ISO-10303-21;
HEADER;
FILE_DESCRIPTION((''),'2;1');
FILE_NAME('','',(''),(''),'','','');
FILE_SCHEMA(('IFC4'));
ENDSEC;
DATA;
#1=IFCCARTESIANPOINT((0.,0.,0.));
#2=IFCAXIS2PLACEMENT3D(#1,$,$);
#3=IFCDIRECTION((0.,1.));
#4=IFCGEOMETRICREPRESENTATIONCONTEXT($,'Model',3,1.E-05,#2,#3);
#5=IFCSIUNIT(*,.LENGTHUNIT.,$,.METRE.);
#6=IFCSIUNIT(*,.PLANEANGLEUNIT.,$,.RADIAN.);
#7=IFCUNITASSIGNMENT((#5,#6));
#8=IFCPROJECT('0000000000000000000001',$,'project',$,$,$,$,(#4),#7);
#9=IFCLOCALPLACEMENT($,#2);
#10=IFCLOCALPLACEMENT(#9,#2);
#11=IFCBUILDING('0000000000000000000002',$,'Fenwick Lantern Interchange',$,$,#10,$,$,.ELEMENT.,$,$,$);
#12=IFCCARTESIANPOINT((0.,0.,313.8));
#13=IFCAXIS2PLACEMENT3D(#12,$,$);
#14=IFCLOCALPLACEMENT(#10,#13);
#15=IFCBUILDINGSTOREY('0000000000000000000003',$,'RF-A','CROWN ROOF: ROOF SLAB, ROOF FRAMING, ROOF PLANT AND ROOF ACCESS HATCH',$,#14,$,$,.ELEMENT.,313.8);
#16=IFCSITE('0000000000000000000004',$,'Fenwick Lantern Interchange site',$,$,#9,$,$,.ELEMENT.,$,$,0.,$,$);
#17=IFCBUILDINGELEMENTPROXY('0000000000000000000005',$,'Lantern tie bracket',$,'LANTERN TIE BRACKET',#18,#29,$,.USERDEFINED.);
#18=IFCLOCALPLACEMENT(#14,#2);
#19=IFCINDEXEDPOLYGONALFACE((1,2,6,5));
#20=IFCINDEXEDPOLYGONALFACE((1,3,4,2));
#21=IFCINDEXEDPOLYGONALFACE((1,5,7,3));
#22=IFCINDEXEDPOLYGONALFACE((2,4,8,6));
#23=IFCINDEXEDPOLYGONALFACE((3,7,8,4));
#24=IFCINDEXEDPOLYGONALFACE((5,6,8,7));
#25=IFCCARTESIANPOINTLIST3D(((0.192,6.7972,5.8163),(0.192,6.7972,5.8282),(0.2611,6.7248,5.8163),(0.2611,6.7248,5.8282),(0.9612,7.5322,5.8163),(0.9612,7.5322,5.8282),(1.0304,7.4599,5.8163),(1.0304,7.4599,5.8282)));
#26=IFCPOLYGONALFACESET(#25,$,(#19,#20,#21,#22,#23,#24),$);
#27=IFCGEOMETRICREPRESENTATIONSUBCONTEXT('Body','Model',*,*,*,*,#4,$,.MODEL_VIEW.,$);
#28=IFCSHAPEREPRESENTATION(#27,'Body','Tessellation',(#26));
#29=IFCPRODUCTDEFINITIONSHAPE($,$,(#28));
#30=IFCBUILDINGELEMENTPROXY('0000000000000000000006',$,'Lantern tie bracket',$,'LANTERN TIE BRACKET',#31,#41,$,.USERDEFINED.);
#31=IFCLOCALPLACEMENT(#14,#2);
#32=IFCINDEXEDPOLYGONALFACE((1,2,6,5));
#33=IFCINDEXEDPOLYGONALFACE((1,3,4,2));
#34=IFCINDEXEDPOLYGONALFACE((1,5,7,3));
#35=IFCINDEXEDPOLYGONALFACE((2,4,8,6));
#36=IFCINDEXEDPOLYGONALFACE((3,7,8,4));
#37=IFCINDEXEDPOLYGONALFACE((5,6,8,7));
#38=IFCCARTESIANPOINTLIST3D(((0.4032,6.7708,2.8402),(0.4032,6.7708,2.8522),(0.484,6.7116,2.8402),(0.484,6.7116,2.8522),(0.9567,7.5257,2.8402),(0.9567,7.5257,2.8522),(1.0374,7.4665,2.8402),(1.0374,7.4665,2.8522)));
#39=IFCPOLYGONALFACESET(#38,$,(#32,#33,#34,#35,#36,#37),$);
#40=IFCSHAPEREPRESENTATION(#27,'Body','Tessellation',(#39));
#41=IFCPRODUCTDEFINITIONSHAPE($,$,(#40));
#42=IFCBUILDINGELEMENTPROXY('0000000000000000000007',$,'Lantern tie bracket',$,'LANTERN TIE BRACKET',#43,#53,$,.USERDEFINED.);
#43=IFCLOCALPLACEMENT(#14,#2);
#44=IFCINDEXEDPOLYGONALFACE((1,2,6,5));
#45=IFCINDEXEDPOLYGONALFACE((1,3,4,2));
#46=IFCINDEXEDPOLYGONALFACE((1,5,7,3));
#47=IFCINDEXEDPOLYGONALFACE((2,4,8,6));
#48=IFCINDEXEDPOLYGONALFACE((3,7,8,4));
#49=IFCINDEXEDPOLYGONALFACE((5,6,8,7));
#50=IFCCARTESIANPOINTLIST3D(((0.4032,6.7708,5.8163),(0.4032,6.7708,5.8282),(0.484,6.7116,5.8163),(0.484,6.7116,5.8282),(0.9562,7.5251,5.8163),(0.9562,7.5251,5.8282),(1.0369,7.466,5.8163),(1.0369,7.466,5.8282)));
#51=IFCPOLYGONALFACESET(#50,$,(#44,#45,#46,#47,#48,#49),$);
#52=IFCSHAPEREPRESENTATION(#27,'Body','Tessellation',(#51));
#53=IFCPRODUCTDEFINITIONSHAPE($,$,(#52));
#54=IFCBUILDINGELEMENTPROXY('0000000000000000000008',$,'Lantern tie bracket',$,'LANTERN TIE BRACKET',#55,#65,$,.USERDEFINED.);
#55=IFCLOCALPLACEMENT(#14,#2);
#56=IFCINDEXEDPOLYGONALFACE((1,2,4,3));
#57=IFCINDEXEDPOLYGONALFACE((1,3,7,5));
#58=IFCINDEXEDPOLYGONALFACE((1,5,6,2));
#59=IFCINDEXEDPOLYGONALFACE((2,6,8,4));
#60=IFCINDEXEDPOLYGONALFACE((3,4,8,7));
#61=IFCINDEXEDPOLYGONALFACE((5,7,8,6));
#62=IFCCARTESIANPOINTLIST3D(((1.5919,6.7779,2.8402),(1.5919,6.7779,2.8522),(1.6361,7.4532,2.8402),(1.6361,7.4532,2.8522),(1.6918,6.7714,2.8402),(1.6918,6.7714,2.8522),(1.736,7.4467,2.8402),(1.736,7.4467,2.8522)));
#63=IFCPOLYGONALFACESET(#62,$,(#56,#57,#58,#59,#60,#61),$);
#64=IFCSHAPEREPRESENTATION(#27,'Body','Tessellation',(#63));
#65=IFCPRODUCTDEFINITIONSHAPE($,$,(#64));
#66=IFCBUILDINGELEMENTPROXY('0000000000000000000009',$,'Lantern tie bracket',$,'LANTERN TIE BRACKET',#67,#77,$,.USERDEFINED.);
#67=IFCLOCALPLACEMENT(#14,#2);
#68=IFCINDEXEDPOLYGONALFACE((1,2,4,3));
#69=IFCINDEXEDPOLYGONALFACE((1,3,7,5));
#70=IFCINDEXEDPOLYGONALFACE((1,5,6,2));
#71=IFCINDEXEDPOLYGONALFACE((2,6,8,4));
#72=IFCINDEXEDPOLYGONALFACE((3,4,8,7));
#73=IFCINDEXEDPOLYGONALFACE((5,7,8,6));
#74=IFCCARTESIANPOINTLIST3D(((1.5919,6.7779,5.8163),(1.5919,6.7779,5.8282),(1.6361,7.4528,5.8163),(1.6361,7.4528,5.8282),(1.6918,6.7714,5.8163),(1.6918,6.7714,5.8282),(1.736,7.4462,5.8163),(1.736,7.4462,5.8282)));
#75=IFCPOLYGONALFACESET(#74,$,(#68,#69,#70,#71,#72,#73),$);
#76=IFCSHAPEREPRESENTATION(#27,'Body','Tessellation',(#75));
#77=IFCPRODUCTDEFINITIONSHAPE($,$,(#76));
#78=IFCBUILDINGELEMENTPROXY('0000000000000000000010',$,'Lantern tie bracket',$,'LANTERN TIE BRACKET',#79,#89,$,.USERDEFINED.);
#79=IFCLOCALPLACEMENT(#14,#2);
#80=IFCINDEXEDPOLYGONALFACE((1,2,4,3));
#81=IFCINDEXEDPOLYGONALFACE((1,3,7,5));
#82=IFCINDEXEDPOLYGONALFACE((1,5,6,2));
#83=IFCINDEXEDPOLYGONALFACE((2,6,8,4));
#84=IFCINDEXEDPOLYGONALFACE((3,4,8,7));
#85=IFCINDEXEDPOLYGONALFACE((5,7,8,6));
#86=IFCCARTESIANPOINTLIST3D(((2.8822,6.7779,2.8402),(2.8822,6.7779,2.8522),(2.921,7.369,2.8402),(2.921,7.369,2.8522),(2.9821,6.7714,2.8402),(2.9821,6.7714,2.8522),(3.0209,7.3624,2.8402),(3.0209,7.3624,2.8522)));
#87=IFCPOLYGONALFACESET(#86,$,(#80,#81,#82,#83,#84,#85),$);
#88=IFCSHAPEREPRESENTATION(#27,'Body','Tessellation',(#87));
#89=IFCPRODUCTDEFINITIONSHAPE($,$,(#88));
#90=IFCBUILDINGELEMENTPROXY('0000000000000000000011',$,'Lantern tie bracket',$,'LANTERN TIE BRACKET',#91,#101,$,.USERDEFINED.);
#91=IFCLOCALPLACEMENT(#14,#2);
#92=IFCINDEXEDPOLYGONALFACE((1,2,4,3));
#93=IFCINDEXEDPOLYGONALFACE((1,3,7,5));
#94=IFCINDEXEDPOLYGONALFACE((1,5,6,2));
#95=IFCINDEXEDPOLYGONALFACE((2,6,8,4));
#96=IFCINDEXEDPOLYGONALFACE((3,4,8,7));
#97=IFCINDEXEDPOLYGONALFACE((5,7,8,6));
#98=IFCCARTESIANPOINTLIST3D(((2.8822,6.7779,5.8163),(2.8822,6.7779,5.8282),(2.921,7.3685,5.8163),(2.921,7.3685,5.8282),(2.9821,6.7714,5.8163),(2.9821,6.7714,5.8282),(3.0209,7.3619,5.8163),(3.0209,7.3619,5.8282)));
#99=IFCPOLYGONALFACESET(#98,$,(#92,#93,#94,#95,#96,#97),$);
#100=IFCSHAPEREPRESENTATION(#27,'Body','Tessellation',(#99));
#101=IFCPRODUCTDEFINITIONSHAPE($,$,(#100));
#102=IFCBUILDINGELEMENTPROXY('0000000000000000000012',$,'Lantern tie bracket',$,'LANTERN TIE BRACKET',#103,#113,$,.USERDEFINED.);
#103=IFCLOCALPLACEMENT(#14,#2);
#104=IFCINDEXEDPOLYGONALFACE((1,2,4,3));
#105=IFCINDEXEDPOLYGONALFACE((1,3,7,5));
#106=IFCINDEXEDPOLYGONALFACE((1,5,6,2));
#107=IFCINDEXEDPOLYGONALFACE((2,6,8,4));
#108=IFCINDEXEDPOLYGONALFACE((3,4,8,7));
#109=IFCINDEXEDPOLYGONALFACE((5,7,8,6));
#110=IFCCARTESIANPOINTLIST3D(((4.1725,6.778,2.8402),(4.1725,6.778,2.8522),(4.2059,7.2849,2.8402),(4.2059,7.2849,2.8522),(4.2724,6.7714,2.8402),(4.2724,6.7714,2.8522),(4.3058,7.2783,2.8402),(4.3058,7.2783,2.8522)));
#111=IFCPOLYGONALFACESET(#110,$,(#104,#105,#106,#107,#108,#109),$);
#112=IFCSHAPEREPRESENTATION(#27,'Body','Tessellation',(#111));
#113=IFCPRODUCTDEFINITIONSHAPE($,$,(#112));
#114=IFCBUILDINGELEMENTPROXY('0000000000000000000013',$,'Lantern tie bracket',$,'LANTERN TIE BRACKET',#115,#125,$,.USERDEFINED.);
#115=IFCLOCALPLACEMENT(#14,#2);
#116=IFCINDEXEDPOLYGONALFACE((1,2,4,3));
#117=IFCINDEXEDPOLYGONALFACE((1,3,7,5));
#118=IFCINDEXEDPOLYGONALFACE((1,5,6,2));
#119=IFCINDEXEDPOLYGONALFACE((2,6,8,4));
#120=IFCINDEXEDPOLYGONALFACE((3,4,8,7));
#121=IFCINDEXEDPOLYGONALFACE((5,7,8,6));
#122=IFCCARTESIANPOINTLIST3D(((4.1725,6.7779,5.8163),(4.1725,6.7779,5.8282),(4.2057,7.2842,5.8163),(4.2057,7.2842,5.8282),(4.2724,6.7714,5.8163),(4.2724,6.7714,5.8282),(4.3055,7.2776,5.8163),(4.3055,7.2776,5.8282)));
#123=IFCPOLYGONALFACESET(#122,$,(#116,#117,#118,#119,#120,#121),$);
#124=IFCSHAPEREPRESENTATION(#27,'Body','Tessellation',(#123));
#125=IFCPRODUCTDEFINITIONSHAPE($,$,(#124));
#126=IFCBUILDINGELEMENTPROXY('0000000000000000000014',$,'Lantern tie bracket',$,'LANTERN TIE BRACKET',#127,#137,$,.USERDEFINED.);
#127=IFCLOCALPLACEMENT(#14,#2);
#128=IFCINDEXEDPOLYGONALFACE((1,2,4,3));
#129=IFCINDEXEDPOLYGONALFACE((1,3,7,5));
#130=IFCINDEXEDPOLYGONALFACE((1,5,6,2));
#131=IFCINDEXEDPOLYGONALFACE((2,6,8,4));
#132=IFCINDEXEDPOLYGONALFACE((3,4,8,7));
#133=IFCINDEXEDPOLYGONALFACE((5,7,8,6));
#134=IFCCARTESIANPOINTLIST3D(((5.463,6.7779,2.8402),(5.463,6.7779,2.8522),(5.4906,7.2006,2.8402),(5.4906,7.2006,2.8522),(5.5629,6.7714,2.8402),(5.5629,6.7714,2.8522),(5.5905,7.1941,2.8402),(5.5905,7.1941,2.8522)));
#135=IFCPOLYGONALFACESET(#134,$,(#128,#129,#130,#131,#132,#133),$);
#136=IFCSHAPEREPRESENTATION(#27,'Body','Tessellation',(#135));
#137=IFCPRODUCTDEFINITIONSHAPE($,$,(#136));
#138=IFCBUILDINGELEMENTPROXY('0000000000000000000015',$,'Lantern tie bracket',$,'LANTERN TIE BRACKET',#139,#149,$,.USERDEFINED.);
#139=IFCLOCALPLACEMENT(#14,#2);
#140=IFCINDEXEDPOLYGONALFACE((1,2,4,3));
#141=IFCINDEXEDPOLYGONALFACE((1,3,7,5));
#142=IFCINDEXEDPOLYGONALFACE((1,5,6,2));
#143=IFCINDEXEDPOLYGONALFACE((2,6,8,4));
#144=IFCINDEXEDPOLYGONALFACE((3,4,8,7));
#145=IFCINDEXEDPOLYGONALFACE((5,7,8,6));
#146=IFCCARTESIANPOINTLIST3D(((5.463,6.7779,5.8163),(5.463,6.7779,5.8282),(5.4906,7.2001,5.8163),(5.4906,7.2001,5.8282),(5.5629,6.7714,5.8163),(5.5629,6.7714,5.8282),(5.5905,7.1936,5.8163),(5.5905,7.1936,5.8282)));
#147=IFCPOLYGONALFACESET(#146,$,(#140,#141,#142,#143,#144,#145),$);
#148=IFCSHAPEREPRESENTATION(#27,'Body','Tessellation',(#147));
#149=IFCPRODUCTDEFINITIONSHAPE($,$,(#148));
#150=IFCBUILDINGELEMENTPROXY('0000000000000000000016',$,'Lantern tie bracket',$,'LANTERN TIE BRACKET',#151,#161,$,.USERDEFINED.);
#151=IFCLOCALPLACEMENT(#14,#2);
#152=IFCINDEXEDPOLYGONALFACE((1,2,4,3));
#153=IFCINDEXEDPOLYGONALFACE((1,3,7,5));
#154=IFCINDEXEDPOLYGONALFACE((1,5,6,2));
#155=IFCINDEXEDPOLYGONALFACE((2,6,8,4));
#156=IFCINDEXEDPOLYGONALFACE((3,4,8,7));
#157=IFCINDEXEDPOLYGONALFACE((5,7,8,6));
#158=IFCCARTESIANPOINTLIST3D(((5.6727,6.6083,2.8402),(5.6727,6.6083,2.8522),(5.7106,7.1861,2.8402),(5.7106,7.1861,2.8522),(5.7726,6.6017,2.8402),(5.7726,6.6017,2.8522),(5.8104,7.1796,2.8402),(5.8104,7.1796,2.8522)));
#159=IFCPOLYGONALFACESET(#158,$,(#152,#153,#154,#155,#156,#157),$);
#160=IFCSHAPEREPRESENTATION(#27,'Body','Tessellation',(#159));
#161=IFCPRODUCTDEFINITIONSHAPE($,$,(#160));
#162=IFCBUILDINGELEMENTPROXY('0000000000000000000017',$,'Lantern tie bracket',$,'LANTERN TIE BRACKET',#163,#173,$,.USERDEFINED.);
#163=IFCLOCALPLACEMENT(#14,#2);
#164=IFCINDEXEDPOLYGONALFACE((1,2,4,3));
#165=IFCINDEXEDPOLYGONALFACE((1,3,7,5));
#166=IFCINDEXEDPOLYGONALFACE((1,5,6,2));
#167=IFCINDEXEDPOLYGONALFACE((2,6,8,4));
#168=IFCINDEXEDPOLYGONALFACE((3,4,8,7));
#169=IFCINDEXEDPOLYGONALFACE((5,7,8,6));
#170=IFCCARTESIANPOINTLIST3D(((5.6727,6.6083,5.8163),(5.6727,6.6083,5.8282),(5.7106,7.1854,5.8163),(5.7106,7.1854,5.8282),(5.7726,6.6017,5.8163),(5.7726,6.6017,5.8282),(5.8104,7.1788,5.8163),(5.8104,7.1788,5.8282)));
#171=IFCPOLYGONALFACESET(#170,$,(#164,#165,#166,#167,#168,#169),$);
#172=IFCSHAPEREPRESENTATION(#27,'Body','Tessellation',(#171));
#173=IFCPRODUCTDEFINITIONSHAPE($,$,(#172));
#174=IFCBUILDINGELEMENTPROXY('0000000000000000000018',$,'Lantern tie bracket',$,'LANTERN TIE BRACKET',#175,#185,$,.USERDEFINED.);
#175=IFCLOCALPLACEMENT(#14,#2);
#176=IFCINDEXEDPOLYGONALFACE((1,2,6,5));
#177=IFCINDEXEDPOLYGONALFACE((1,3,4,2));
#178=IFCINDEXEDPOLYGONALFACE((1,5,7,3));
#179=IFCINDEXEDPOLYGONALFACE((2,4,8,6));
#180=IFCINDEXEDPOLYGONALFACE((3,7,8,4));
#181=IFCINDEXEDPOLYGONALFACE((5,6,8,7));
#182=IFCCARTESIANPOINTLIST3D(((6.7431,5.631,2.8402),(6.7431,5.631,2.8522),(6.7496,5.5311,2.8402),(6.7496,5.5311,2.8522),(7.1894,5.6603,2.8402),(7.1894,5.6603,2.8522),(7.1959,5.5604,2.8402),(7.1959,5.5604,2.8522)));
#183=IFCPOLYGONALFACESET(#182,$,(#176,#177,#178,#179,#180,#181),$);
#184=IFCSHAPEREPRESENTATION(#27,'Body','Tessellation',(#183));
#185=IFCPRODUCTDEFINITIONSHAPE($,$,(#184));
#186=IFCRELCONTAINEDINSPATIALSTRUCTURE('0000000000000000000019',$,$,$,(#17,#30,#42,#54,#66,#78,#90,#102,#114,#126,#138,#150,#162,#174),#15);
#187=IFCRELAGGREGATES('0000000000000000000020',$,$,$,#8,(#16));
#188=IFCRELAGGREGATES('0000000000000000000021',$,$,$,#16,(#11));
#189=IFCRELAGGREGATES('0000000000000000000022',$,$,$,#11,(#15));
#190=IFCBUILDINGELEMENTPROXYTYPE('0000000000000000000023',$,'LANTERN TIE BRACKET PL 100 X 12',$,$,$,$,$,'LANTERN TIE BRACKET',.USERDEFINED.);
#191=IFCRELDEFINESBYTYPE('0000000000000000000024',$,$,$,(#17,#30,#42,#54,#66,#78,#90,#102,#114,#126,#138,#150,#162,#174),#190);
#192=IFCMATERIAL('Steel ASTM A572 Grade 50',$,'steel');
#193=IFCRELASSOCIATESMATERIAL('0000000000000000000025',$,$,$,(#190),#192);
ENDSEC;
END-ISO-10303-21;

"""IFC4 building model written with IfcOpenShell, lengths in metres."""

from ifc_helpers import new_model, si_unit, direction, frame, origin, origin_2d, place, context, subcontext, project, spatial, rectangle, extrude, material, material_profile, profile_set, type_object, element, save


model = new_model("IFC4")

# Units and contexts
model_context = context("Model", 3, precision=1e-05, world=origin(), true_north=direction((0.0, 1.0)))
body_context = subcontext(model_context, "Body", "Model", "MODEL_VIEW")
ifc_project = project(units=[si_unit("LENGTHUNIT", "METRE"), si_unit("PLANEANGLEUNIT", "RADIAN")], contexts=[model_context])

# Site, building, storey
site_placement = place(None, origin())
site = spatial("IfcSite", under=ifc_project, at=site_placement, Name="Fenwick Lantern Interchange site", CompositionType="ELEMENT", RefElevation=0.0)
building_placement = place(site_placement, origin())
building = spatial("IfcBuilding", under=site, at=building_placement, Name="Fenwick Lantern Interchange", CompositionType="ELEMENT")
storey_placement = place(building_placement, frame((0.0, 0.0, 313.8)))
storey = spatial("IfcBuildingStorey", under=building, at=storey_placement, Name="RF-A", Description="CROWN ROOF: ROOF SLAB, ROOF FRAMING, ROOF PLANT AND ROOF ACCESS HATCH", CompositionType="ELEMENT", Elevation=313.8)

# Building element proxies
ifc_material_1 = material(Name="Steel ASTM A572 Grade 50", Category="steel")
ifc_material_profile_1 = material_profile(ifc_material_1, rectangle(XDim=0.1001, YDim=0.012, at=origin_2d()), Name="PL100X12")
ifc_profile_set_1 = profile_set([ifc_material_profile_1], Name="Steel ASTM A572 Grade 50")
building_element_proxy_type = type_object("IfcBuildingElementProxyType", Name="LANTERN TIE BRACKET PL 100 X 12", ElementType="LANTERN TIE BRACKET", PredefinedType="USERDEFINED", material=ifc_profile_set_1)
proxy_1_placement = place(storey_placement, frame((0.2266, 6.761, 5.8223), z_axis=(0.722986, 0.690863, 0.0), x_axis=(-0.690863, 0.722986, 0.0)))
element("IfcBuildingElementProxy", 1, at=proxy_1_placement, inside=storey, type_object=building_element_proxy_type, Name="Lantern tie bracket", ObjectType="LANTERN TIE BRACKET", PredefinedType="USERDEFINED", context=body_context, shape_type="SweptSolid", body=[
    extrude(rectangle(XDim=0.1001, YDim=0.012, at=origin_2d()), origin(), (0.0, 0.0, 1.0), 1.064),
])
proxy_2_placement = place(storey_placement, frame((0.4436, 6.7412, 2.8462), z_axis=(0.591285, 0.806463, 0.0), x_axis=(-0.806463, 0.591285, 0.0)))
element("IfcBuildingElementProxy", 2, at=proxy_2_placement, inside=storey, type_object=building_element_proxy_type, Name="Lantern tie bracket", ObjectType="LANTERN TIE BRACKET", PredefinedType="USERDEFINED", context=body_context, shape_type="SweptSolid", body=[
    extrude(rectangle(XDim=0.1001, YDim=0.012, at=origin_2d()), origin(), (0.0, 0.0, 1.0), 0.936),
])
proxy_3_placement = place(storey_placement, frame((0.4436, 6.7412, 5.8223), z_axis=(0.591194, 0.806529, 0.0), x_axis=(-0.806529, 0.591194, 0.0)))
element("IfcBuildingElementProxy", 3, at=proxy_3_placement, inside=storey, type_object=building_element_proxy_type, Name="Lantern tie bracket", ObjectType="LANTERN TIE BRACKET", PredefinedType="USERDEFINED", context=body_context, shape_type="SweptSolid", body=[
    extrude(rectangle(XDim=0.1001, YDim=0.012, at=origin_2d()), origin(), (0.0, 0.0, 1.0), 0.9353),
])
proxy_4_placement = place(storey_placement, frame((1.6418, 6.7747, 2.8462), z_axis=(0.065298, 0.997866, 0.0), x_axis=(-0.997866, 0.065298, 0.0)))
element("IfcBuildingElementProxy", 4, at=proxy_4_placement, inside=storey, type_object=building_element_proxy_type, Name="Lantern tie bracket", ObjectType="LANTERN TIE BRACKET", PredefinedType="USERDEFINED", context=body_context, shape_type="SweptSolid", body=[
    extrude(rectangle(XDim=0.1001, YDim=0.012, at=origin_2d()), origin(), (0.0, 0.0, 1.0), 0.6768),
])
proxy_5_placement = place(storey_placement, frame((1.6418, 6.7747, 5.8223), z_axis=(0.065345, 0.997863, 0.0), x_axis=(-0.997863, 0.065345, 0.0)))
element("IfcBuildingElementProxy", 5, at=proxy_5_placement, inside=storey, type_object=building_element_proxy_type, Name="Lantern tie bracket", ObjectType="LANTERN TIE BRACKET", PredefinedType="USERDEFINED", context=body_context, shape_type="SweptSolid", body=[
    extrude(rectangle(XDim=0.1001, YDim=0.012, at=origin_2d()), origin(), (0.0, 0.0, 1.0), 0.6763),
])
proxy_6_placement = place(storey_placement, frame((2.9321, 6.7747, 2.8462), z_axis=(0.065534, 0.99785, 0.0), x_axis=(-0.99785, 0.065534, 0.0)))
element("IfcBuildingElementProxy", 6, at=proxy_6_placement, inside=storey, type_object=building_element_proxy_type, Name="Lantern tie bracket", ObjectType="LANTERN TIE BRACKET", PredefinedType="USERDEFINED", context=body_context, shape_type="SweptSolid", body=[
    extrude(rectangle(XDim=0.1001, YDim=0.012, at=origin_2d()), origin(), (0.0, 0.0, 1.0), 0.5923),
])
proxy_7_placement = place(storey_placement, frame((2.9321, 6.7747, 5.8223), z_axis=(0.065588, 0.997847, 0.0), x_axis=(-0.997847, 0.065588, 0.0)))
element("IfcBuildingElementProxy", 7, at=proxy_7_placement, inside=storey, type_object=building_element_proxy_type, Name="Lantern tie bracket", ObjectType="LANTERN TIE BRACKET", PredefinedType="USERDEFINED", context=body_context, shape_type="SweptSolid", body=[
    extrude(rectangle(XDim=0.1001, YDim=0.012, at=origin_2d()), origin(), (0.0, 0.0, 1.0), 0.5918),
])
proxy_8_placement = place(storey_placement, frame((4.2224, 6.7747, 2.8462), z_axis=(0.065849, 0.99783, 0.0), x_axis=(-0.99783, 0.065849, 0.0)))
element("IfcBuildingElementProxy", 8, at=proxy_8_placement, inside=storey, type_object=building_element_proxy_type, Name="Lantern tie bracket", ObjectType="LANTERN TIE BRACKET", PredefinedType="USERDEFINED", context=body_context, shape_type="SweptSolid", body=[
    extrude(rectangle(XDim=0.1001, YDim=0.012, at=origin_2d()), origin(), (0.0, 0.0, 1.0), 0.5081),
])
proxy_9_placement = place(storey_placement, frame((4.2224, 6.7747, 5.8223), z_axis=(0.065433, 0.997857, 0.0), x_axis=(-0.997857, 0.065433, 0.0)))
element("IfcBuildingElementProxy", 9, at=proxy_9_placement, inside=storey, type_object=building_element_proxy_type, Name="Lantern tie bracket", ObjectType="LANTERN TIE BRACKET", PredefinedType="USERDEFINED", context=body_context, shape_type="SweptSolid", body=[
    extrude(rectangle(XDim=0.1001, YDim=0.012, at=origin_2d()), origin(), (0.0, 0.0, 1.0), 0.5073),
])
proxy_10_placement = place(storey_placement, frame((5.5129, 6.7747, 2.8462), z_axis=(0.065142, 0.997876, 0.0), x_axis=(-0.997876, 0.065142, 0.0)))
element("IfcBuildingElementProxy", 10, at=proxy_10_placement, inside=storey, type_object=building_element_proxy_type, Name="Lantern tie bracket", ObjectType="LANTERN TIE BRACKET", PredefinedType="USERDEFINED", context=body_context, shape_type="SweptSolid", body=[
    extrude(rectangle(XDim=0.1001, YDim=0.012, at=origin_2d()), origin(), (0.0, 0.0, 1.0), 0.4236),
])
proxy_11_placement = place(storey_placement, frame((5.5129, 6.7747, 5.8223), z_axis=(0.065217, 0.997871, 0.0), x_axis=(-0.997871, 0.065217, 0.0)))
element("IfcBuildingElementProxy", 11, at=proxy_11_placement, inside=storey, type_object=building_element_proxy_type, Name="Lantern tie bracket", ObjectType="LANTERN TIE BRACKET", PredefinedType="USERDEFINED", context=body_context, shape_type="SweptSolid", body=[
    extrude(rectangle(XDim=0.1001, YDim=0.012, at=origin_2d()), origin(), (0.0, 0.0, 1.0), 0.4231),
])
proxy_12_placement = place(storey_placement, frame((5.7227, 6.605, 2.8462), z_axis=(0.065344, 0.997863, 0.0), x_axis=(-0.997863, 0.065344, 0.0)))
element("IfcBuildingElementProxy", 12, at=proxy_12_placement, inside=storey, type_object=building_element_proxy_type, Name="Lantern tie bracket", ObjectType="LANTERN TIE BRACKET", PredefinedType="USERDEFINED", context=body_context, shape_type="SweptSolid", body=[
    extrude(rectangle(XDim=0.1001, YDim=0.012, at=origin_2d()), origin(), (0.0, 0.0, 1.0), 0.5791),
])
proxy_13_placement = place(storey_placement, frame((5.7227, 6.605, 5.8223), z_axis=(0.065426, 0.997857, 0.0), x_axis=(-0.997857, 0.065426, 0.0)))
element("IfcBuildingElementProxy", 13, at=proxy_13_placement, inside=storey, type_object=building_element_proxy_type, Name="Lantern tie bracket", ObjectType="LANTERN TIE BRACKET", PredefinedType="USERDEFINED", context=body_context, shape_type="SweptSolid", body=[
    extrude(rectangle(XDim=0.1001, YDim=0.012, at=origin_2d()), origin(), (0.0, 0.0, 1.0), 0.5784),
])
proxy_14_placement = place(storey_placement, frame((6.7463, 5.5811, 2.8462), z_axis=(0.997852, 0.065505, 0.0), x_axis=(-0.065505, 0.997852, 0.0)))
element("IfcBuildingElementProxy", 14, at=proxy_14_placement, inside=storey, type_object=building_element_proxy_type, Name="Lantern tie bracket", ObjectType="LANTERN TIE BRACKET", PredefinedType="USERDEFINED", context=body_context, shape_type="SweptSolid", body=[
    extrude(rectangle(XDim=0.1001, YDim=0.012, at=origin_2d()), origin(), (0.0, 0.0, 1.0), 0.4473),
])

save(model, "model.ifc")
